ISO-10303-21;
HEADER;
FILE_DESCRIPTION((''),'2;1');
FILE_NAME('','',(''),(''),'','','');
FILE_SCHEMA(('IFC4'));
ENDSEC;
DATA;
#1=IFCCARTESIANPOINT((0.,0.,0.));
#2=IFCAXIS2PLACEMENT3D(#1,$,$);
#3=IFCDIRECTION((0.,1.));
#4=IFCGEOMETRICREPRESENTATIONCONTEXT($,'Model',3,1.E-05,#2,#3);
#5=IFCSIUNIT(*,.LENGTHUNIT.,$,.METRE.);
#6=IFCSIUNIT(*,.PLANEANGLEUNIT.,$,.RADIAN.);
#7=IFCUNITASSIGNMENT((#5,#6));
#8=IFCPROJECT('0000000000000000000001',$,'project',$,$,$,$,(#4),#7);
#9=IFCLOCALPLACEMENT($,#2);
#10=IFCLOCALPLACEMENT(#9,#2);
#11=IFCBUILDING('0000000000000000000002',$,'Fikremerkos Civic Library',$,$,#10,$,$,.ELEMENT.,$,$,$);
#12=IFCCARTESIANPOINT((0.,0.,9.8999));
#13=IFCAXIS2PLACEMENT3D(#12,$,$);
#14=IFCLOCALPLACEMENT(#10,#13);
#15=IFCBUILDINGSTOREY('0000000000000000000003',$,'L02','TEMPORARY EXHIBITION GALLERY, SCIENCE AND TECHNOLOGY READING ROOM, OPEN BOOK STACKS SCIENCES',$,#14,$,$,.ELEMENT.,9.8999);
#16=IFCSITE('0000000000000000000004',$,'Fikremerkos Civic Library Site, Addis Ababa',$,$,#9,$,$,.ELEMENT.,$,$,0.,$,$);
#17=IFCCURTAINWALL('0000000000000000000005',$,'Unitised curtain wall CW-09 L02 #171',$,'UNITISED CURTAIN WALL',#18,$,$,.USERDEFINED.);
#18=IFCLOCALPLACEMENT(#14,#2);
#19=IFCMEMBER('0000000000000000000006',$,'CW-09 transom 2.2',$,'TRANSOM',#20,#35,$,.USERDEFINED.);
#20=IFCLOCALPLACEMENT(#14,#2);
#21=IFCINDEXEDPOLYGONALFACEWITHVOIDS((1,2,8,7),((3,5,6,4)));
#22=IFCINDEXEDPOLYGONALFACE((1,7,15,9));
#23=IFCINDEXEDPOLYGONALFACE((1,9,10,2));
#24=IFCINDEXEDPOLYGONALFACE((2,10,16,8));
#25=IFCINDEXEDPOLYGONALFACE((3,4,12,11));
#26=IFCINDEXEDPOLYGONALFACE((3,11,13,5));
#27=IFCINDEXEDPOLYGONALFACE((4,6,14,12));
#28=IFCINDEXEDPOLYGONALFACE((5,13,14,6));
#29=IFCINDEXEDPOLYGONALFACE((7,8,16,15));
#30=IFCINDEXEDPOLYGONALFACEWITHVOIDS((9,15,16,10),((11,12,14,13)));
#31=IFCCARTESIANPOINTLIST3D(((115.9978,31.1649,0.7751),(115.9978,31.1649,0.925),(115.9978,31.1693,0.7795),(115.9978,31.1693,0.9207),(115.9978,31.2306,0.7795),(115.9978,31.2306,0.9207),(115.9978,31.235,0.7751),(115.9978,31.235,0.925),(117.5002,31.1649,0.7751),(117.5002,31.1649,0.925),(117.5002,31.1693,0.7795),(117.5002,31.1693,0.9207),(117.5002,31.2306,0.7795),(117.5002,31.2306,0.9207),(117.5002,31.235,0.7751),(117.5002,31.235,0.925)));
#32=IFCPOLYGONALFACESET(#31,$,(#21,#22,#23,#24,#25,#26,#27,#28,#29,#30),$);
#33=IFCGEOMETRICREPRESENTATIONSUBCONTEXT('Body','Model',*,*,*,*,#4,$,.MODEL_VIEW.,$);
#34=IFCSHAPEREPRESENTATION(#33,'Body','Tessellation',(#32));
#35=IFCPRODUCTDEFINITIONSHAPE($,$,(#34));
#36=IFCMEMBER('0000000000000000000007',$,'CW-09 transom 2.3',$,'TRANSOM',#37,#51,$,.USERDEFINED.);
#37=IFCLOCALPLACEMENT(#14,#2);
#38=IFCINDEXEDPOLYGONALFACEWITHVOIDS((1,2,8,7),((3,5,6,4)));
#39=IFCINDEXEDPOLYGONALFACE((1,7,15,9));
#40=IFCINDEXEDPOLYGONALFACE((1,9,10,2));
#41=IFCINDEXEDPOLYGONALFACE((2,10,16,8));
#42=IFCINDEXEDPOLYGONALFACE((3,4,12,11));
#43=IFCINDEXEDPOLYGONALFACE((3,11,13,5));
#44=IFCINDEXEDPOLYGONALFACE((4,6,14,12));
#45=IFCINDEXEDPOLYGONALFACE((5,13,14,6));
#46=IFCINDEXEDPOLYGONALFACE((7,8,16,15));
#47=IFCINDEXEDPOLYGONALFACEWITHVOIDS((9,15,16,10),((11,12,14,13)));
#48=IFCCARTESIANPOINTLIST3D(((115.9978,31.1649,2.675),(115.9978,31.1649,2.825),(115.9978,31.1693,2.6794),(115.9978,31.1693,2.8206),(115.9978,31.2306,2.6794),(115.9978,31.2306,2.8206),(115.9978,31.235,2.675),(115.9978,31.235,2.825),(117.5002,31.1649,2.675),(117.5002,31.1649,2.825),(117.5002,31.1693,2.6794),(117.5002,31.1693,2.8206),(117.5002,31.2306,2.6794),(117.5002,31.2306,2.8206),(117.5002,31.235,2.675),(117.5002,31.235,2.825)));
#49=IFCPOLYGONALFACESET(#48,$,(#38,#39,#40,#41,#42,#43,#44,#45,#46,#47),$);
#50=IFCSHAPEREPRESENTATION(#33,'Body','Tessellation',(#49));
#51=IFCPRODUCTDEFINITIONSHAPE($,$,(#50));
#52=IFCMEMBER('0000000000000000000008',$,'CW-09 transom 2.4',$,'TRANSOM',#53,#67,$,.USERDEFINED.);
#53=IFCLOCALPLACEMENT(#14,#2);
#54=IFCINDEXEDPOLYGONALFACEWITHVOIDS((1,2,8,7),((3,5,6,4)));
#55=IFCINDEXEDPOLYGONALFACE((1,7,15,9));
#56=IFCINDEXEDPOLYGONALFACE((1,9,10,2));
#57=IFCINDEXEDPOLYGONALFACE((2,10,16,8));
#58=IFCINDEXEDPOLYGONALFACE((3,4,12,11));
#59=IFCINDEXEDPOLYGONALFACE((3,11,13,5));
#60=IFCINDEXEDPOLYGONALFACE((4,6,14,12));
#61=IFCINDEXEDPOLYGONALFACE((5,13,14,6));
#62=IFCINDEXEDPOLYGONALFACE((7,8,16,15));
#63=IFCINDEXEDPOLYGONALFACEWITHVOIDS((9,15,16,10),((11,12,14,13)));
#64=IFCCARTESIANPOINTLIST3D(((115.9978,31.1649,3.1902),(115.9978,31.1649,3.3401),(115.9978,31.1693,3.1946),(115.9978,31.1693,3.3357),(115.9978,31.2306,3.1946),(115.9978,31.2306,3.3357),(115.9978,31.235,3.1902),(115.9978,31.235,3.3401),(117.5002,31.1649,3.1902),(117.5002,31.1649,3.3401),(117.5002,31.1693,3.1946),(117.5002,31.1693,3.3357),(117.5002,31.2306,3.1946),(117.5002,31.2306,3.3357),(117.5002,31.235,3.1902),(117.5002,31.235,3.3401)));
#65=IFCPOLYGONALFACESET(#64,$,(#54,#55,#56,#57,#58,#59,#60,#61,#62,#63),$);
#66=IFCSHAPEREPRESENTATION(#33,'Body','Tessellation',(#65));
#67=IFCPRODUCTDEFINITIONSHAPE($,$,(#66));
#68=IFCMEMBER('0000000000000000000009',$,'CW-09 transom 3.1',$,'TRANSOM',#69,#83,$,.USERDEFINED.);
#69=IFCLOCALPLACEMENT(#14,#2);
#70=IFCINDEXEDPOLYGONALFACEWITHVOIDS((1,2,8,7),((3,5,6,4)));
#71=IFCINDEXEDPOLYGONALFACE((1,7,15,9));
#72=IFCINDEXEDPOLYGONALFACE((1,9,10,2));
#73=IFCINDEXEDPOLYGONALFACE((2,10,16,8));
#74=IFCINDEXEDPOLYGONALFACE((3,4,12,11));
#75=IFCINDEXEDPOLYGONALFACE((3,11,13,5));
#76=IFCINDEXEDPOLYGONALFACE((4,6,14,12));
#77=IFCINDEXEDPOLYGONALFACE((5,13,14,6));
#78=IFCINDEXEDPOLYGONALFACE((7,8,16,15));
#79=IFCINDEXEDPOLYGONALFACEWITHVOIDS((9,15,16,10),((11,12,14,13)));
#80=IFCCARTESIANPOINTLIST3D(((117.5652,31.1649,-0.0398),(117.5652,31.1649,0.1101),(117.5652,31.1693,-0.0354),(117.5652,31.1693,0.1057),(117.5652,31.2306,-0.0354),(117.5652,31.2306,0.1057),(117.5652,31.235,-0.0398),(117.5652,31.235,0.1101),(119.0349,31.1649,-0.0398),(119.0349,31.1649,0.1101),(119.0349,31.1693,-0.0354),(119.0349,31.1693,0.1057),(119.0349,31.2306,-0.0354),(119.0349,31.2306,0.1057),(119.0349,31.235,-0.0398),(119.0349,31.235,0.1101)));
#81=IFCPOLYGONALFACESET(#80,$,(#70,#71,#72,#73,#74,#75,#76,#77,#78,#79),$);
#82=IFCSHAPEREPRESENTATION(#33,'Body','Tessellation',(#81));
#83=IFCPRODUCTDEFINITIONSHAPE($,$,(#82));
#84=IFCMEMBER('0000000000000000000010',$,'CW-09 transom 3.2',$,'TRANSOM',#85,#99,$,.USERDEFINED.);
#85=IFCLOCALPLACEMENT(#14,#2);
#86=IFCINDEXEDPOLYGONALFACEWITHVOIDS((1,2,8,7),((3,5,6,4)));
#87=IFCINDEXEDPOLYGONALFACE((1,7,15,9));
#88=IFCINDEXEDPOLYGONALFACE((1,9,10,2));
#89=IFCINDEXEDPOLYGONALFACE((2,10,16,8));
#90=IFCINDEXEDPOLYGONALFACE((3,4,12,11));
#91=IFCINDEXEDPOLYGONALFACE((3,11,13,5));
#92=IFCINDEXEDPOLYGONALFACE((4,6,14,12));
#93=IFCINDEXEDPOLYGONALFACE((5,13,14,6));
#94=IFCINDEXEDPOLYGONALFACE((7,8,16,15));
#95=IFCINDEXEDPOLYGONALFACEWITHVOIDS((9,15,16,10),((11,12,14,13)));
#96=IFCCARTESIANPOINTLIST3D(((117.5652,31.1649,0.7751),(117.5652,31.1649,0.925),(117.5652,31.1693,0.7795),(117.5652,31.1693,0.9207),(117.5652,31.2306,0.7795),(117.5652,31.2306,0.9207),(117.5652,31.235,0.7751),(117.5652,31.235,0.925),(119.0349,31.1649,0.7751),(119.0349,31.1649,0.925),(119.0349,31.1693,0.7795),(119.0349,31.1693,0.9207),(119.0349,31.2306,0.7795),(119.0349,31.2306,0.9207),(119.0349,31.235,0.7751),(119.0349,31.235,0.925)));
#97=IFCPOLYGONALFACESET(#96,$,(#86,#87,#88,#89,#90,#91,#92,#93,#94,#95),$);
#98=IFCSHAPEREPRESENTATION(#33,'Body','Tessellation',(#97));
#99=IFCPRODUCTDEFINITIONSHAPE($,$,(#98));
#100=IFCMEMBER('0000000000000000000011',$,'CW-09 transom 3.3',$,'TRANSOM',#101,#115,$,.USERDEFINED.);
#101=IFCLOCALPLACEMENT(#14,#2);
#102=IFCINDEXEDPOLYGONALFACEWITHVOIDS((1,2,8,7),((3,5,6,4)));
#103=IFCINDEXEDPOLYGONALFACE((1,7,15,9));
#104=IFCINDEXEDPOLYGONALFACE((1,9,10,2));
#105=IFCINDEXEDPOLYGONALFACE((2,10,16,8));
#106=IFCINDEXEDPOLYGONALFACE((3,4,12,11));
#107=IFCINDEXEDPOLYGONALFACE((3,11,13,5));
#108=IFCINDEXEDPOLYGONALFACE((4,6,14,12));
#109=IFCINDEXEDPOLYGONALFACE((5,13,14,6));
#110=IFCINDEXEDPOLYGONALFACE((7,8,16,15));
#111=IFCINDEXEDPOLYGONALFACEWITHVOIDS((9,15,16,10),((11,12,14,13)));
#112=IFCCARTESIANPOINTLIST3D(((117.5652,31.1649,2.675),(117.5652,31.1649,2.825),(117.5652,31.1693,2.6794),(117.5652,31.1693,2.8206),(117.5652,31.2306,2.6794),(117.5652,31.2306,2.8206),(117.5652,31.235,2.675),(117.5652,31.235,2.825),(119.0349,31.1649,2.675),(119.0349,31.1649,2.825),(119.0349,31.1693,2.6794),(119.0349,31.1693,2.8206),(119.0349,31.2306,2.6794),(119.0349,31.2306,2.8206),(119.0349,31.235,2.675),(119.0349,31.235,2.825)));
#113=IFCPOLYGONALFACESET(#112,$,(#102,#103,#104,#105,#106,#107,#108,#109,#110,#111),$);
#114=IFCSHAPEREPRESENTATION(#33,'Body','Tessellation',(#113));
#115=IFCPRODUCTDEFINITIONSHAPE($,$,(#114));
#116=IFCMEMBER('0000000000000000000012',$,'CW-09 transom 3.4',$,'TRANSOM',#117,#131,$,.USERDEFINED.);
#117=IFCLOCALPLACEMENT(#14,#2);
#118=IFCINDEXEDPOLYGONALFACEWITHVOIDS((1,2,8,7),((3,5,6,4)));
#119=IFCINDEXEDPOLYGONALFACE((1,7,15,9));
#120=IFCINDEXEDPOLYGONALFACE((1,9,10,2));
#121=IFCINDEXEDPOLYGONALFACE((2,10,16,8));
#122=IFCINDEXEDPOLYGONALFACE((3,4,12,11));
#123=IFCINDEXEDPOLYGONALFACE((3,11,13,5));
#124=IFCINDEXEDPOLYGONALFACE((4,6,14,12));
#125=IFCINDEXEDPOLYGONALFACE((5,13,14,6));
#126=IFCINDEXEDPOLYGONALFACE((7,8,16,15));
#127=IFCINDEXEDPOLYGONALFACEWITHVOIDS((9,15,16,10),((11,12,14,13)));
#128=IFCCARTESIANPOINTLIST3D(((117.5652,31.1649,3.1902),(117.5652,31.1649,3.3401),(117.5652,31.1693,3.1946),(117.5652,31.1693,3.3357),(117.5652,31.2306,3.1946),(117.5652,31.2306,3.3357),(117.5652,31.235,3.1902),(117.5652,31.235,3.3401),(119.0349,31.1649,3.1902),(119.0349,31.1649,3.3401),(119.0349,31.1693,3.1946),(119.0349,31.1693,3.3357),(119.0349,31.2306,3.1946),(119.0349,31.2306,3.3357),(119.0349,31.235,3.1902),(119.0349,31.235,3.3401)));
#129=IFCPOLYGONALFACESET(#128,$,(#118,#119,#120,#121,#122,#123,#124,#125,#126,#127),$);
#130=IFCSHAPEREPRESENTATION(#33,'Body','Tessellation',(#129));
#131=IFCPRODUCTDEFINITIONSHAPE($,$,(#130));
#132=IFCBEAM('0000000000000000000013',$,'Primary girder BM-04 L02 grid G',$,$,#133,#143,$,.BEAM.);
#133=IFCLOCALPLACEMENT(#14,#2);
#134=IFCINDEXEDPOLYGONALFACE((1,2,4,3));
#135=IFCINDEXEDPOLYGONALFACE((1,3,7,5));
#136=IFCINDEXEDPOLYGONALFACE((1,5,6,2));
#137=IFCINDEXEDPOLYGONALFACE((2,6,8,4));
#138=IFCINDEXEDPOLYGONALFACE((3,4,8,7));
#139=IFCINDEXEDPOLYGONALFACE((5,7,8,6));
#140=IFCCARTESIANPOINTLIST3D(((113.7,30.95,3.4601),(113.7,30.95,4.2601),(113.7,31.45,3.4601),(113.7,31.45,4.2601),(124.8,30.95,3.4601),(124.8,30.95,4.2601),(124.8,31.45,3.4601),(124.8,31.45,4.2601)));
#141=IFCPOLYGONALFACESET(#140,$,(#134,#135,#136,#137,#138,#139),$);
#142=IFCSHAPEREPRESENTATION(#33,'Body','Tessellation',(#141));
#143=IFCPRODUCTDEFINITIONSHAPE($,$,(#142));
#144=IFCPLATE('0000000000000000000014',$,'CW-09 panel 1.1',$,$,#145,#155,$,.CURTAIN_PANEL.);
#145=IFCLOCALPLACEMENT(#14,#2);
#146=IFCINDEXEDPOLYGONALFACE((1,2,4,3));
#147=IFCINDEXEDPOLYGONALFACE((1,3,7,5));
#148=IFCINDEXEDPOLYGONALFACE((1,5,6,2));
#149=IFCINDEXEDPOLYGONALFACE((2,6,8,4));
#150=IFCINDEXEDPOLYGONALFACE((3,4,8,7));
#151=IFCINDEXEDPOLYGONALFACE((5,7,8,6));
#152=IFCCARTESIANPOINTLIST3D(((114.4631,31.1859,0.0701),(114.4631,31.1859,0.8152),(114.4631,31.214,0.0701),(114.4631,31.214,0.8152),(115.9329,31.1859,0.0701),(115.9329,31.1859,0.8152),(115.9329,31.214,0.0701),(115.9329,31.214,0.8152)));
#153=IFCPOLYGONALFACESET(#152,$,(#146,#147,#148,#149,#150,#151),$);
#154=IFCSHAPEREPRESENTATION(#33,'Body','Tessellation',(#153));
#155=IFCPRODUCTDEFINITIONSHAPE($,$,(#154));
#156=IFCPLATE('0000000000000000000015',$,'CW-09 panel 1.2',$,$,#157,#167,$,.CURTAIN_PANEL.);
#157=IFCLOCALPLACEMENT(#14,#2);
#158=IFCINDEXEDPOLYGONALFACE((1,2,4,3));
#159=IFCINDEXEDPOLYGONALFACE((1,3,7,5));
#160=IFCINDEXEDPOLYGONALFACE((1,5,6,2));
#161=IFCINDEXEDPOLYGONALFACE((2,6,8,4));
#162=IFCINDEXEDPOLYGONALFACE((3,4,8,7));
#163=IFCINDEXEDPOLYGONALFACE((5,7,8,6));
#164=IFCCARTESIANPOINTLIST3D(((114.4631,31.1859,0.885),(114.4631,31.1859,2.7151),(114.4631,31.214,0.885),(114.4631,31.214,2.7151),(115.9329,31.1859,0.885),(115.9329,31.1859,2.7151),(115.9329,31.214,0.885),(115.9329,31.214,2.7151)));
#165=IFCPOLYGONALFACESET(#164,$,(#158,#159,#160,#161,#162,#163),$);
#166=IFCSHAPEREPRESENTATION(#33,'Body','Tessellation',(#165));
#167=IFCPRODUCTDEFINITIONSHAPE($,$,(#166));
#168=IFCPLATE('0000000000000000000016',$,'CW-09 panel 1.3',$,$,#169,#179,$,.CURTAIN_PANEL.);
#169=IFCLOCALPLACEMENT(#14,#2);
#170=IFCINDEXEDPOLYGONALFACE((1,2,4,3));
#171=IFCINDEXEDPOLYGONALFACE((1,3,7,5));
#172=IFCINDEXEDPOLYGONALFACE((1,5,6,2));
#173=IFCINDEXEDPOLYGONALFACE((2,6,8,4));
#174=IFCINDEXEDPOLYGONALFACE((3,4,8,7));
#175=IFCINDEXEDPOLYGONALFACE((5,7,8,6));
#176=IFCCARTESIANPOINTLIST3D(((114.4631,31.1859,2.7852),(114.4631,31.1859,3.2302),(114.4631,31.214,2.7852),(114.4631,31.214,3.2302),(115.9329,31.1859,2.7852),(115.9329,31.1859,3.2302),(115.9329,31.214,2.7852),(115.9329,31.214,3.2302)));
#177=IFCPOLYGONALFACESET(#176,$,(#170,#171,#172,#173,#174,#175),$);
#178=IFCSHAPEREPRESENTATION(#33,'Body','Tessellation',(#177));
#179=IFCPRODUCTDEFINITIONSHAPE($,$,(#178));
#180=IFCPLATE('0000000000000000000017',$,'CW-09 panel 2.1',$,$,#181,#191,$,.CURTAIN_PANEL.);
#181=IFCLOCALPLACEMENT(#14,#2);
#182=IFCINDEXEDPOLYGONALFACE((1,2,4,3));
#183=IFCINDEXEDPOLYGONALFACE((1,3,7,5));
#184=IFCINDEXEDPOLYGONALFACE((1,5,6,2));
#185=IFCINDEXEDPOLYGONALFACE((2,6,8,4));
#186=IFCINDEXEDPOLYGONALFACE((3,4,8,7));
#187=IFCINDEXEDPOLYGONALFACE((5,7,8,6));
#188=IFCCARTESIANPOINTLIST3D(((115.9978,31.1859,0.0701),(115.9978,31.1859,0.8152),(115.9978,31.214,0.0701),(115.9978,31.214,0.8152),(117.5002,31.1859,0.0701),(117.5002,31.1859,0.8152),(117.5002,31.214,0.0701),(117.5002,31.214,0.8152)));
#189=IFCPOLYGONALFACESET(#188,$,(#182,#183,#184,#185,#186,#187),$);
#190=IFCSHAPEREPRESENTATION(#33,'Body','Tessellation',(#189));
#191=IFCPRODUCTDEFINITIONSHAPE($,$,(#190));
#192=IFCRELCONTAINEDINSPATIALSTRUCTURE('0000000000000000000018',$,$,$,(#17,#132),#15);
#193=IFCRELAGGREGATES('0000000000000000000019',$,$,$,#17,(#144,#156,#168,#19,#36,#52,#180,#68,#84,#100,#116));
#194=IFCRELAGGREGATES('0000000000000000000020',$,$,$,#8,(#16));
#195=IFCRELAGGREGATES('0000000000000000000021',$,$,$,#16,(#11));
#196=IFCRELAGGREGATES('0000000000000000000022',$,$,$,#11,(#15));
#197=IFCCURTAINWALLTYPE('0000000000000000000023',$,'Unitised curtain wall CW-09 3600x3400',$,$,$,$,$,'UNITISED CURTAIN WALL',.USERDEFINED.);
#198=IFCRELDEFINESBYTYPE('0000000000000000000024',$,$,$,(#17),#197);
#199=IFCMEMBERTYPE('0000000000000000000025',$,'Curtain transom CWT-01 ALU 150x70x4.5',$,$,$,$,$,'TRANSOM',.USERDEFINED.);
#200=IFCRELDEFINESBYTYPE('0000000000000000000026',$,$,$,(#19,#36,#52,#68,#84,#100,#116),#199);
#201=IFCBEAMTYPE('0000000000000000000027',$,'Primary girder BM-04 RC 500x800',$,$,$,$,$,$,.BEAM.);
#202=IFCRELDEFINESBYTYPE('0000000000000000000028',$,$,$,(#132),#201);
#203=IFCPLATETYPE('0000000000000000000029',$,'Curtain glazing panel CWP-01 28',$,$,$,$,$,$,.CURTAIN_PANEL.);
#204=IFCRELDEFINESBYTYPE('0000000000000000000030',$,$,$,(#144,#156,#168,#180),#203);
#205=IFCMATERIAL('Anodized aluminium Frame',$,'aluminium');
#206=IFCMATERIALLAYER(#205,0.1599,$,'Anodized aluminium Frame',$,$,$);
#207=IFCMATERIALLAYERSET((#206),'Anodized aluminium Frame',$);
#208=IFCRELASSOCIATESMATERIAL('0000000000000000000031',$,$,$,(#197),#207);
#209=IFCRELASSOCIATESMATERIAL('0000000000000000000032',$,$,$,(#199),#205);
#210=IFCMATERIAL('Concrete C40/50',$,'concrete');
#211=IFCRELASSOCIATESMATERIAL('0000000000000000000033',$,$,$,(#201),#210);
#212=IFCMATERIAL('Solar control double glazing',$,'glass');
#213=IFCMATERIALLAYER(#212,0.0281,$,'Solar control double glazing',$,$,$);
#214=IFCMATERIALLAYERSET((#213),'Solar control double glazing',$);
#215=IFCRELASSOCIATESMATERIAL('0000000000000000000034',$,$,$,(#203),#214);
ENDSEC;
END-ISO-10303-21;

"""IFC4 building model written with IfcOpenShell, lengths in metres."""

from ifc_helpers import new_model, si_unit, direction, frame, origin, origin_2d, place, context, subcontext, project, spatial, rectangle, hollow_rectangle, extrude, material, layer, layer_set, material_profile, profile_set, type_object, element, aggregate, save


model = new_model("IFC4")

# Units and contexts
model_context = context("Model", 3, precision=1e-05, world=origin(), true_north=direction((0.0, 1.0)))
body_context = subcontext(model_context, "Body", "Model", "MODEL_VIEW")
ifc_project = project(units=[si_unit("LENGTHUNIT", "METRE"), si_unit("PLANEANGLEUNIT", "RADIAN")], contexts=[model_context])

# Site, building, storey
site_placement = place(None, origin())
site = spatial("IfcSite", under=ifc_project, at=site_placement, Name="Fikremerkos Civic Library Site, Addis Ababa", CompositionType="ELEMENT", RefElevation=0.0)
building_placement = place(site_placement, origin())
building = spatial("IfcBuilding", under=site, at=building_placement, Name="Fikremerkos Civic Library", CompositionType="ELEMENT")
storey_placement = place(building_placement, frame((0.0, 0.0, 9.8999)))
storey = spatial("IfcBuildingStorey", under=building, at=storey_placement, Name="L02", Description="TEMPORARY EXHIBITION GALLERY, SCIENCE AND TECHNOLOGY READING ROOM, OPEN BOOK STACKS SCIENCES", CompositionType="ELEMENT", Elevation=9.8999)

# Shared definitions
ifc_material_1 = material(Name="Concrete C40/50", Category="concrete")

# Curtain wall, members
ifc_material_2 = material(Name="Anodized aluminium Frame", Category="aluminium")
ifc_layer_1 = layer(ifc_material_2, 0.1599, Name="Anodized aluminium Frame")
ifc_layer_set_1 = layer_set([ifc_layer_1], Name="Anodized aluminium Frame")
curtain_wall_type = type_object("IfcCurtainWallType", Name="Unitised curtain wall CW-09 3600x3400", ElementType="UNITISED CURTAIN WALL", PredefinedType="USERDEFINED", material=ifc_layer_set_1)
curtain_wall_placement = place(storey_placement, origin())
curtain_wall = element("IfcCurtainWall", 1, at=curtain_wall_placement, inside=storey, type_object=curtain_wall_type, Name="Unitised curtain wall CW-09 L02 #171", ObjectType="UNITISED CURTAIN WALL", PredefinedType="USERDEFINED")
ifc_material_profile_1 = material_profile(ifc_material_2, hollow_rectangle(XDim=0.0701, YDim=0.1499, WallThickness=0.0044, at=origin_2d()), Name="ALU 150x70x4.5")
ifc_profile_set_1 = profile_set([ifc_material_profile_1], Name="Anodized aluminium Frame")
member_type_1 = type_object("IfcMemberType", Name="Curtain transom CWT-01 ALU 150x70x4.5", ElementType="TRANSOM", PredefinedType="USERDEFINED", material=ifc_profile_set_1)
member_1_placement = place(storey_placement, frame((115.9978, 31.2, 0.8501), z_axis=(1.0, 0.0, 0.0), x_axis=(0.0, 1.0, 0.0)))
member_1 = element("IfcMember", 2, at=member_1_placement, type_object=member_type_1, Name="CW-09 transom 2.2", ObjectType="TRANSOM", PredefinedType="USERDEFINED", context=body_context, shape_type="SweptSolid", body=[
    extrude(hollow_rectangle(XDim=0.0701, YDim=0.1499, WallThickness=0.0044, at=origin_2d()), origin(), (0.0, 0.0, 1.0), 1.5024),
])
member_2_placement = place(storey_placement, frame((115.9978, 31.2, 2.75), z_axis=(1.0, 0.0, 0.0), x_axis=(0.0, 1.0, 0.0)))
member_2 = element("IfcMember", 3, at=member_2_placement, type_object=member_type_1, Name="CW-09 transom 2.3", ObjectType="TRANSOM", PredefinedType="USERDEFINED", context=body_context, shape_type="SweptSolid", body=[
    extrude(hollow_rectangle(XDim=0.0701, YDim=0.1499, WallThickness=0.0044, at=origin_2d()), origin(), (0.0, 0.0, 1.0), 1.5024),
])
member_3_placement = place(storey_placement, frame((115.9978, 31.2, 3.2651), z_axis=(1.0, 0.0, 0.0), x_axis=(0.0, 1.0, 0.0)))
member_3 = element("IfcMember", 4, at=member_3_placement, type_object=member_type_1, Name="CW-09 transom 2.4", ObjectType="TRANSOM", PredefinedType="USERDEFINED", context=body_context, shape_type="SweptSolid", body=[
    extrude(hollow_rectangle(XDim=0.0701, YDim=0.1499, WallThickness=0.0044, at=origin_2d()), origin(), (0.0, 0.0, 1.0), 1.5024),
])
member_4_placement = place(storey_placement, frame((117.5652, 31.2, 0.0352), z_axis=(1.0, 0.0, 0.0), x_axis=(0.0, 1.0, 0.0)))
member_4 = element("IfcMember", 5, at=member_4_placement, type_object=member_type_1, Name="CW-09 transom 3.1", ObjectType="TRANSOM", PredefinedType="USERDEFINED", context=body_context, shape_type="SweptSolid", body=[
    extrude(hollow_rectangle(XDim=0.0701, YDim=0.1499, WallThickness=0.0044, at=origin_2d()), origin(), (0.0, 0.0, 1.0), 1.4697),
])
member_5_placement = place(storey_placement, frame((117.5652, 31.2, 0.8501), z_axis=(1.0, 0.0, 0.0), x_axis=(0.0, 1.0, 0.0)))
member_5 = element("IfcMember", 6, at=member_5_placement, type_object=member_type_1, Name="CW-09 transom 3.2", ObjectType="TRANSOM", PredefinedType="USERDEFINED", context=body_context, shape_type="SweptSolid", body=[
    extrude(hollow_rectangle(XDim=0.0701, YDim=0.1499, WallThickness=0.0044, at=origin_2d()), origin(), (0.0, 0.0, 1.0), 1.4697),
])
member_6_placement = place(storey_placement, frame((117.5652, 31.2, 2.75), z_axis=(1.0, 0.0, 0.0), x_axis=(0.0, 1.0, 0.0)))
member_6 = element("IfcMember", 7, at=member_6_placement, type_object=member_type_1, Name="CW-09 transom 3.3", ObjectType="TRANSOM", PredefinedType="USERDEFINED", context=body_context, shape_type="SweptSolid", body=[
    extrude(hollow_rectangle(XDim=0.0701, YDim=0.1499, WallThickness=0.0044, at=origin_2d()), origin(), (0.0, 0.0, 1.0), 1.4697),
])
member_7_placement = place(storey_placement, frame((117.5652, 31.2, 3.2651), z_axis=(1.0, 0.0, 0.0), x_axis=(0.0, 1.0, 0.0)))
member_7 = element("IfcMember", 8, at=member_7_placement, type_object=member_type_1, Name="CW-09 transom 3.4", ObjectType="TRANSOM", PredefinedType="USERDEFINED", context=body_context, shape_type="SweptSolid", body=[
    extrude(hollow_rectangle(XDim=0.0701, YDim=0.1499, WallThickness=0.0044, at=origin_2d()), origin(), (0.0, 0.0, 1.0), 1.4697),
])

# Beam
ifc_material_profile_2 = material_profile(ifc_material_1, rectangle(XDim=0.5, YDim=0.8, at=origin_2d()), Name="RC 500x800")
ifc_profile_set_2 = profile_set([ifc_material_profile_2], Name="Concrete C40/50")
beam_type = type_object("IfcBeamType", Name="Primary girder BM-04 RC 500x800", PredefinedType="BEAM", material=ifc_profile_set_2)
beam_placement = place(storey_placement, frame((113.7, 31.2, 3.8601), z_axis=(1.0, 0.0, 0.0), x_axis=(0.0, 1.0, 0.0)))
element("IfcBeam", 9, at=beam_placement, inside=storey, type_object=beam_type, Name="Primary girder BM-04 L02 grid G", PredefinedType="BEAM", context=body_context, shape_type="SweptSolid", body=[
    extrude(rectangle(XDim=0.5, YDim=0.8, at=origin_2d()), origin(), (0.0, 0.0, 1.0), 11.1001),
])

# Plates
ifc_material_3 = material(Name="Solar control double glazing", Category="glass")
ifc_layer_2 = layer(ifc_material_3, 0.0281, Name="Solar control double glazing")
ifc_layer_set_2 = layer_set([ifc_layer_2], Name="Solar control double glazing")
plate_type = type_object("IfcPlateType", Name="Curtain glazing panel CWP-01 28", PredefinedType="CURTAIN_PANEL", material=ifc_layer_set_2)
plate_1_placement = place(storey_placement, frame((115.198, 31.2, 0.0701), z_axis=(0.0, 0.0, 1.0), x_axis=(1.0, 0.0, 0.0)))
plate_1 = element("IfcPlate", 10, at=plate_1_placement, type_object=plate_type, Name="CW-09 panel 1.1", PredefinedType="CURTAIN_PANEL", context=body_context, shape_type="SweptSolid", body=[
    extrude(rectangle(XDim=1.4697, YDim=0.0281, at=origin_2d()), origin(), (0.0, 0.0, 1.0), 0.7451),
])
plate_2_placement = place(storey_placement, frame((115.198, 31.2, 0.885), z_axis=(0.0, 0.0, 1.0), x_axis=(1.0, 0.0, 0.0)))
plate_2 = element("IfcPlate", 11, at=plate_2_placement, type_object=plate_type, Name="CW-09 panel 1.2", PredefinedType="CURTAIN_PANEL", context=body_context, shape_type="SweptSolid", body=[
    extrude(rectangle(XDim=1.4697, YDim=0.0281, at=origin_2d()), origin(), (0.0, 0.0, 1.0), 1.8301),
])
plate_3_placement = place(storey_placement, frame((115.198, 31.2, 2.7852), z_axis=(0.0, 0.0, 1.0), x_axis=(1.0, 0.0, 0.0)))
plate_3 = element("IfcPlate", 12, at=plate_3_placement, type_object=plate_type, Name="CW-09 panel 1.3", PredefinedType="CURTAIN_PANEL", context=body_context, shape_type="SweptSolid", body=[
    extrude(rectangle(XDim=1.4697, YDim=0.0281, at=origin_2d()), origin(), (0.0, 0.0, 1.0), 0.4451),
])
plate_4_placement = place(storey_placement, frame((116.749, 31.2, 0.0701), z_axis=(0.0, 0.0, 1.0), x_axis=(1.0, 0.0, 0.0)))
plate_4 = element("IfcPlate", 13, at=plate_4_placement, type_object=plate_type, Name="CW-09 panel 2.1", PredefinedType="CURTAIN_PANEL", context=body_context, shape_type="SweptSolid", body=[
    extrude(rectangle(XDim=1.5024, YDim=0.0281, at=origin_2d()), origin(), (0.0, 0.0, 1.0), 0.7451),
])
aggregate(curtain_wall, [plate_1, plate_2, plate_3, member_1, member_2, member_3, plate_4, member_4, member_5, member_6, member_7])

save(model, "model.ifc")
